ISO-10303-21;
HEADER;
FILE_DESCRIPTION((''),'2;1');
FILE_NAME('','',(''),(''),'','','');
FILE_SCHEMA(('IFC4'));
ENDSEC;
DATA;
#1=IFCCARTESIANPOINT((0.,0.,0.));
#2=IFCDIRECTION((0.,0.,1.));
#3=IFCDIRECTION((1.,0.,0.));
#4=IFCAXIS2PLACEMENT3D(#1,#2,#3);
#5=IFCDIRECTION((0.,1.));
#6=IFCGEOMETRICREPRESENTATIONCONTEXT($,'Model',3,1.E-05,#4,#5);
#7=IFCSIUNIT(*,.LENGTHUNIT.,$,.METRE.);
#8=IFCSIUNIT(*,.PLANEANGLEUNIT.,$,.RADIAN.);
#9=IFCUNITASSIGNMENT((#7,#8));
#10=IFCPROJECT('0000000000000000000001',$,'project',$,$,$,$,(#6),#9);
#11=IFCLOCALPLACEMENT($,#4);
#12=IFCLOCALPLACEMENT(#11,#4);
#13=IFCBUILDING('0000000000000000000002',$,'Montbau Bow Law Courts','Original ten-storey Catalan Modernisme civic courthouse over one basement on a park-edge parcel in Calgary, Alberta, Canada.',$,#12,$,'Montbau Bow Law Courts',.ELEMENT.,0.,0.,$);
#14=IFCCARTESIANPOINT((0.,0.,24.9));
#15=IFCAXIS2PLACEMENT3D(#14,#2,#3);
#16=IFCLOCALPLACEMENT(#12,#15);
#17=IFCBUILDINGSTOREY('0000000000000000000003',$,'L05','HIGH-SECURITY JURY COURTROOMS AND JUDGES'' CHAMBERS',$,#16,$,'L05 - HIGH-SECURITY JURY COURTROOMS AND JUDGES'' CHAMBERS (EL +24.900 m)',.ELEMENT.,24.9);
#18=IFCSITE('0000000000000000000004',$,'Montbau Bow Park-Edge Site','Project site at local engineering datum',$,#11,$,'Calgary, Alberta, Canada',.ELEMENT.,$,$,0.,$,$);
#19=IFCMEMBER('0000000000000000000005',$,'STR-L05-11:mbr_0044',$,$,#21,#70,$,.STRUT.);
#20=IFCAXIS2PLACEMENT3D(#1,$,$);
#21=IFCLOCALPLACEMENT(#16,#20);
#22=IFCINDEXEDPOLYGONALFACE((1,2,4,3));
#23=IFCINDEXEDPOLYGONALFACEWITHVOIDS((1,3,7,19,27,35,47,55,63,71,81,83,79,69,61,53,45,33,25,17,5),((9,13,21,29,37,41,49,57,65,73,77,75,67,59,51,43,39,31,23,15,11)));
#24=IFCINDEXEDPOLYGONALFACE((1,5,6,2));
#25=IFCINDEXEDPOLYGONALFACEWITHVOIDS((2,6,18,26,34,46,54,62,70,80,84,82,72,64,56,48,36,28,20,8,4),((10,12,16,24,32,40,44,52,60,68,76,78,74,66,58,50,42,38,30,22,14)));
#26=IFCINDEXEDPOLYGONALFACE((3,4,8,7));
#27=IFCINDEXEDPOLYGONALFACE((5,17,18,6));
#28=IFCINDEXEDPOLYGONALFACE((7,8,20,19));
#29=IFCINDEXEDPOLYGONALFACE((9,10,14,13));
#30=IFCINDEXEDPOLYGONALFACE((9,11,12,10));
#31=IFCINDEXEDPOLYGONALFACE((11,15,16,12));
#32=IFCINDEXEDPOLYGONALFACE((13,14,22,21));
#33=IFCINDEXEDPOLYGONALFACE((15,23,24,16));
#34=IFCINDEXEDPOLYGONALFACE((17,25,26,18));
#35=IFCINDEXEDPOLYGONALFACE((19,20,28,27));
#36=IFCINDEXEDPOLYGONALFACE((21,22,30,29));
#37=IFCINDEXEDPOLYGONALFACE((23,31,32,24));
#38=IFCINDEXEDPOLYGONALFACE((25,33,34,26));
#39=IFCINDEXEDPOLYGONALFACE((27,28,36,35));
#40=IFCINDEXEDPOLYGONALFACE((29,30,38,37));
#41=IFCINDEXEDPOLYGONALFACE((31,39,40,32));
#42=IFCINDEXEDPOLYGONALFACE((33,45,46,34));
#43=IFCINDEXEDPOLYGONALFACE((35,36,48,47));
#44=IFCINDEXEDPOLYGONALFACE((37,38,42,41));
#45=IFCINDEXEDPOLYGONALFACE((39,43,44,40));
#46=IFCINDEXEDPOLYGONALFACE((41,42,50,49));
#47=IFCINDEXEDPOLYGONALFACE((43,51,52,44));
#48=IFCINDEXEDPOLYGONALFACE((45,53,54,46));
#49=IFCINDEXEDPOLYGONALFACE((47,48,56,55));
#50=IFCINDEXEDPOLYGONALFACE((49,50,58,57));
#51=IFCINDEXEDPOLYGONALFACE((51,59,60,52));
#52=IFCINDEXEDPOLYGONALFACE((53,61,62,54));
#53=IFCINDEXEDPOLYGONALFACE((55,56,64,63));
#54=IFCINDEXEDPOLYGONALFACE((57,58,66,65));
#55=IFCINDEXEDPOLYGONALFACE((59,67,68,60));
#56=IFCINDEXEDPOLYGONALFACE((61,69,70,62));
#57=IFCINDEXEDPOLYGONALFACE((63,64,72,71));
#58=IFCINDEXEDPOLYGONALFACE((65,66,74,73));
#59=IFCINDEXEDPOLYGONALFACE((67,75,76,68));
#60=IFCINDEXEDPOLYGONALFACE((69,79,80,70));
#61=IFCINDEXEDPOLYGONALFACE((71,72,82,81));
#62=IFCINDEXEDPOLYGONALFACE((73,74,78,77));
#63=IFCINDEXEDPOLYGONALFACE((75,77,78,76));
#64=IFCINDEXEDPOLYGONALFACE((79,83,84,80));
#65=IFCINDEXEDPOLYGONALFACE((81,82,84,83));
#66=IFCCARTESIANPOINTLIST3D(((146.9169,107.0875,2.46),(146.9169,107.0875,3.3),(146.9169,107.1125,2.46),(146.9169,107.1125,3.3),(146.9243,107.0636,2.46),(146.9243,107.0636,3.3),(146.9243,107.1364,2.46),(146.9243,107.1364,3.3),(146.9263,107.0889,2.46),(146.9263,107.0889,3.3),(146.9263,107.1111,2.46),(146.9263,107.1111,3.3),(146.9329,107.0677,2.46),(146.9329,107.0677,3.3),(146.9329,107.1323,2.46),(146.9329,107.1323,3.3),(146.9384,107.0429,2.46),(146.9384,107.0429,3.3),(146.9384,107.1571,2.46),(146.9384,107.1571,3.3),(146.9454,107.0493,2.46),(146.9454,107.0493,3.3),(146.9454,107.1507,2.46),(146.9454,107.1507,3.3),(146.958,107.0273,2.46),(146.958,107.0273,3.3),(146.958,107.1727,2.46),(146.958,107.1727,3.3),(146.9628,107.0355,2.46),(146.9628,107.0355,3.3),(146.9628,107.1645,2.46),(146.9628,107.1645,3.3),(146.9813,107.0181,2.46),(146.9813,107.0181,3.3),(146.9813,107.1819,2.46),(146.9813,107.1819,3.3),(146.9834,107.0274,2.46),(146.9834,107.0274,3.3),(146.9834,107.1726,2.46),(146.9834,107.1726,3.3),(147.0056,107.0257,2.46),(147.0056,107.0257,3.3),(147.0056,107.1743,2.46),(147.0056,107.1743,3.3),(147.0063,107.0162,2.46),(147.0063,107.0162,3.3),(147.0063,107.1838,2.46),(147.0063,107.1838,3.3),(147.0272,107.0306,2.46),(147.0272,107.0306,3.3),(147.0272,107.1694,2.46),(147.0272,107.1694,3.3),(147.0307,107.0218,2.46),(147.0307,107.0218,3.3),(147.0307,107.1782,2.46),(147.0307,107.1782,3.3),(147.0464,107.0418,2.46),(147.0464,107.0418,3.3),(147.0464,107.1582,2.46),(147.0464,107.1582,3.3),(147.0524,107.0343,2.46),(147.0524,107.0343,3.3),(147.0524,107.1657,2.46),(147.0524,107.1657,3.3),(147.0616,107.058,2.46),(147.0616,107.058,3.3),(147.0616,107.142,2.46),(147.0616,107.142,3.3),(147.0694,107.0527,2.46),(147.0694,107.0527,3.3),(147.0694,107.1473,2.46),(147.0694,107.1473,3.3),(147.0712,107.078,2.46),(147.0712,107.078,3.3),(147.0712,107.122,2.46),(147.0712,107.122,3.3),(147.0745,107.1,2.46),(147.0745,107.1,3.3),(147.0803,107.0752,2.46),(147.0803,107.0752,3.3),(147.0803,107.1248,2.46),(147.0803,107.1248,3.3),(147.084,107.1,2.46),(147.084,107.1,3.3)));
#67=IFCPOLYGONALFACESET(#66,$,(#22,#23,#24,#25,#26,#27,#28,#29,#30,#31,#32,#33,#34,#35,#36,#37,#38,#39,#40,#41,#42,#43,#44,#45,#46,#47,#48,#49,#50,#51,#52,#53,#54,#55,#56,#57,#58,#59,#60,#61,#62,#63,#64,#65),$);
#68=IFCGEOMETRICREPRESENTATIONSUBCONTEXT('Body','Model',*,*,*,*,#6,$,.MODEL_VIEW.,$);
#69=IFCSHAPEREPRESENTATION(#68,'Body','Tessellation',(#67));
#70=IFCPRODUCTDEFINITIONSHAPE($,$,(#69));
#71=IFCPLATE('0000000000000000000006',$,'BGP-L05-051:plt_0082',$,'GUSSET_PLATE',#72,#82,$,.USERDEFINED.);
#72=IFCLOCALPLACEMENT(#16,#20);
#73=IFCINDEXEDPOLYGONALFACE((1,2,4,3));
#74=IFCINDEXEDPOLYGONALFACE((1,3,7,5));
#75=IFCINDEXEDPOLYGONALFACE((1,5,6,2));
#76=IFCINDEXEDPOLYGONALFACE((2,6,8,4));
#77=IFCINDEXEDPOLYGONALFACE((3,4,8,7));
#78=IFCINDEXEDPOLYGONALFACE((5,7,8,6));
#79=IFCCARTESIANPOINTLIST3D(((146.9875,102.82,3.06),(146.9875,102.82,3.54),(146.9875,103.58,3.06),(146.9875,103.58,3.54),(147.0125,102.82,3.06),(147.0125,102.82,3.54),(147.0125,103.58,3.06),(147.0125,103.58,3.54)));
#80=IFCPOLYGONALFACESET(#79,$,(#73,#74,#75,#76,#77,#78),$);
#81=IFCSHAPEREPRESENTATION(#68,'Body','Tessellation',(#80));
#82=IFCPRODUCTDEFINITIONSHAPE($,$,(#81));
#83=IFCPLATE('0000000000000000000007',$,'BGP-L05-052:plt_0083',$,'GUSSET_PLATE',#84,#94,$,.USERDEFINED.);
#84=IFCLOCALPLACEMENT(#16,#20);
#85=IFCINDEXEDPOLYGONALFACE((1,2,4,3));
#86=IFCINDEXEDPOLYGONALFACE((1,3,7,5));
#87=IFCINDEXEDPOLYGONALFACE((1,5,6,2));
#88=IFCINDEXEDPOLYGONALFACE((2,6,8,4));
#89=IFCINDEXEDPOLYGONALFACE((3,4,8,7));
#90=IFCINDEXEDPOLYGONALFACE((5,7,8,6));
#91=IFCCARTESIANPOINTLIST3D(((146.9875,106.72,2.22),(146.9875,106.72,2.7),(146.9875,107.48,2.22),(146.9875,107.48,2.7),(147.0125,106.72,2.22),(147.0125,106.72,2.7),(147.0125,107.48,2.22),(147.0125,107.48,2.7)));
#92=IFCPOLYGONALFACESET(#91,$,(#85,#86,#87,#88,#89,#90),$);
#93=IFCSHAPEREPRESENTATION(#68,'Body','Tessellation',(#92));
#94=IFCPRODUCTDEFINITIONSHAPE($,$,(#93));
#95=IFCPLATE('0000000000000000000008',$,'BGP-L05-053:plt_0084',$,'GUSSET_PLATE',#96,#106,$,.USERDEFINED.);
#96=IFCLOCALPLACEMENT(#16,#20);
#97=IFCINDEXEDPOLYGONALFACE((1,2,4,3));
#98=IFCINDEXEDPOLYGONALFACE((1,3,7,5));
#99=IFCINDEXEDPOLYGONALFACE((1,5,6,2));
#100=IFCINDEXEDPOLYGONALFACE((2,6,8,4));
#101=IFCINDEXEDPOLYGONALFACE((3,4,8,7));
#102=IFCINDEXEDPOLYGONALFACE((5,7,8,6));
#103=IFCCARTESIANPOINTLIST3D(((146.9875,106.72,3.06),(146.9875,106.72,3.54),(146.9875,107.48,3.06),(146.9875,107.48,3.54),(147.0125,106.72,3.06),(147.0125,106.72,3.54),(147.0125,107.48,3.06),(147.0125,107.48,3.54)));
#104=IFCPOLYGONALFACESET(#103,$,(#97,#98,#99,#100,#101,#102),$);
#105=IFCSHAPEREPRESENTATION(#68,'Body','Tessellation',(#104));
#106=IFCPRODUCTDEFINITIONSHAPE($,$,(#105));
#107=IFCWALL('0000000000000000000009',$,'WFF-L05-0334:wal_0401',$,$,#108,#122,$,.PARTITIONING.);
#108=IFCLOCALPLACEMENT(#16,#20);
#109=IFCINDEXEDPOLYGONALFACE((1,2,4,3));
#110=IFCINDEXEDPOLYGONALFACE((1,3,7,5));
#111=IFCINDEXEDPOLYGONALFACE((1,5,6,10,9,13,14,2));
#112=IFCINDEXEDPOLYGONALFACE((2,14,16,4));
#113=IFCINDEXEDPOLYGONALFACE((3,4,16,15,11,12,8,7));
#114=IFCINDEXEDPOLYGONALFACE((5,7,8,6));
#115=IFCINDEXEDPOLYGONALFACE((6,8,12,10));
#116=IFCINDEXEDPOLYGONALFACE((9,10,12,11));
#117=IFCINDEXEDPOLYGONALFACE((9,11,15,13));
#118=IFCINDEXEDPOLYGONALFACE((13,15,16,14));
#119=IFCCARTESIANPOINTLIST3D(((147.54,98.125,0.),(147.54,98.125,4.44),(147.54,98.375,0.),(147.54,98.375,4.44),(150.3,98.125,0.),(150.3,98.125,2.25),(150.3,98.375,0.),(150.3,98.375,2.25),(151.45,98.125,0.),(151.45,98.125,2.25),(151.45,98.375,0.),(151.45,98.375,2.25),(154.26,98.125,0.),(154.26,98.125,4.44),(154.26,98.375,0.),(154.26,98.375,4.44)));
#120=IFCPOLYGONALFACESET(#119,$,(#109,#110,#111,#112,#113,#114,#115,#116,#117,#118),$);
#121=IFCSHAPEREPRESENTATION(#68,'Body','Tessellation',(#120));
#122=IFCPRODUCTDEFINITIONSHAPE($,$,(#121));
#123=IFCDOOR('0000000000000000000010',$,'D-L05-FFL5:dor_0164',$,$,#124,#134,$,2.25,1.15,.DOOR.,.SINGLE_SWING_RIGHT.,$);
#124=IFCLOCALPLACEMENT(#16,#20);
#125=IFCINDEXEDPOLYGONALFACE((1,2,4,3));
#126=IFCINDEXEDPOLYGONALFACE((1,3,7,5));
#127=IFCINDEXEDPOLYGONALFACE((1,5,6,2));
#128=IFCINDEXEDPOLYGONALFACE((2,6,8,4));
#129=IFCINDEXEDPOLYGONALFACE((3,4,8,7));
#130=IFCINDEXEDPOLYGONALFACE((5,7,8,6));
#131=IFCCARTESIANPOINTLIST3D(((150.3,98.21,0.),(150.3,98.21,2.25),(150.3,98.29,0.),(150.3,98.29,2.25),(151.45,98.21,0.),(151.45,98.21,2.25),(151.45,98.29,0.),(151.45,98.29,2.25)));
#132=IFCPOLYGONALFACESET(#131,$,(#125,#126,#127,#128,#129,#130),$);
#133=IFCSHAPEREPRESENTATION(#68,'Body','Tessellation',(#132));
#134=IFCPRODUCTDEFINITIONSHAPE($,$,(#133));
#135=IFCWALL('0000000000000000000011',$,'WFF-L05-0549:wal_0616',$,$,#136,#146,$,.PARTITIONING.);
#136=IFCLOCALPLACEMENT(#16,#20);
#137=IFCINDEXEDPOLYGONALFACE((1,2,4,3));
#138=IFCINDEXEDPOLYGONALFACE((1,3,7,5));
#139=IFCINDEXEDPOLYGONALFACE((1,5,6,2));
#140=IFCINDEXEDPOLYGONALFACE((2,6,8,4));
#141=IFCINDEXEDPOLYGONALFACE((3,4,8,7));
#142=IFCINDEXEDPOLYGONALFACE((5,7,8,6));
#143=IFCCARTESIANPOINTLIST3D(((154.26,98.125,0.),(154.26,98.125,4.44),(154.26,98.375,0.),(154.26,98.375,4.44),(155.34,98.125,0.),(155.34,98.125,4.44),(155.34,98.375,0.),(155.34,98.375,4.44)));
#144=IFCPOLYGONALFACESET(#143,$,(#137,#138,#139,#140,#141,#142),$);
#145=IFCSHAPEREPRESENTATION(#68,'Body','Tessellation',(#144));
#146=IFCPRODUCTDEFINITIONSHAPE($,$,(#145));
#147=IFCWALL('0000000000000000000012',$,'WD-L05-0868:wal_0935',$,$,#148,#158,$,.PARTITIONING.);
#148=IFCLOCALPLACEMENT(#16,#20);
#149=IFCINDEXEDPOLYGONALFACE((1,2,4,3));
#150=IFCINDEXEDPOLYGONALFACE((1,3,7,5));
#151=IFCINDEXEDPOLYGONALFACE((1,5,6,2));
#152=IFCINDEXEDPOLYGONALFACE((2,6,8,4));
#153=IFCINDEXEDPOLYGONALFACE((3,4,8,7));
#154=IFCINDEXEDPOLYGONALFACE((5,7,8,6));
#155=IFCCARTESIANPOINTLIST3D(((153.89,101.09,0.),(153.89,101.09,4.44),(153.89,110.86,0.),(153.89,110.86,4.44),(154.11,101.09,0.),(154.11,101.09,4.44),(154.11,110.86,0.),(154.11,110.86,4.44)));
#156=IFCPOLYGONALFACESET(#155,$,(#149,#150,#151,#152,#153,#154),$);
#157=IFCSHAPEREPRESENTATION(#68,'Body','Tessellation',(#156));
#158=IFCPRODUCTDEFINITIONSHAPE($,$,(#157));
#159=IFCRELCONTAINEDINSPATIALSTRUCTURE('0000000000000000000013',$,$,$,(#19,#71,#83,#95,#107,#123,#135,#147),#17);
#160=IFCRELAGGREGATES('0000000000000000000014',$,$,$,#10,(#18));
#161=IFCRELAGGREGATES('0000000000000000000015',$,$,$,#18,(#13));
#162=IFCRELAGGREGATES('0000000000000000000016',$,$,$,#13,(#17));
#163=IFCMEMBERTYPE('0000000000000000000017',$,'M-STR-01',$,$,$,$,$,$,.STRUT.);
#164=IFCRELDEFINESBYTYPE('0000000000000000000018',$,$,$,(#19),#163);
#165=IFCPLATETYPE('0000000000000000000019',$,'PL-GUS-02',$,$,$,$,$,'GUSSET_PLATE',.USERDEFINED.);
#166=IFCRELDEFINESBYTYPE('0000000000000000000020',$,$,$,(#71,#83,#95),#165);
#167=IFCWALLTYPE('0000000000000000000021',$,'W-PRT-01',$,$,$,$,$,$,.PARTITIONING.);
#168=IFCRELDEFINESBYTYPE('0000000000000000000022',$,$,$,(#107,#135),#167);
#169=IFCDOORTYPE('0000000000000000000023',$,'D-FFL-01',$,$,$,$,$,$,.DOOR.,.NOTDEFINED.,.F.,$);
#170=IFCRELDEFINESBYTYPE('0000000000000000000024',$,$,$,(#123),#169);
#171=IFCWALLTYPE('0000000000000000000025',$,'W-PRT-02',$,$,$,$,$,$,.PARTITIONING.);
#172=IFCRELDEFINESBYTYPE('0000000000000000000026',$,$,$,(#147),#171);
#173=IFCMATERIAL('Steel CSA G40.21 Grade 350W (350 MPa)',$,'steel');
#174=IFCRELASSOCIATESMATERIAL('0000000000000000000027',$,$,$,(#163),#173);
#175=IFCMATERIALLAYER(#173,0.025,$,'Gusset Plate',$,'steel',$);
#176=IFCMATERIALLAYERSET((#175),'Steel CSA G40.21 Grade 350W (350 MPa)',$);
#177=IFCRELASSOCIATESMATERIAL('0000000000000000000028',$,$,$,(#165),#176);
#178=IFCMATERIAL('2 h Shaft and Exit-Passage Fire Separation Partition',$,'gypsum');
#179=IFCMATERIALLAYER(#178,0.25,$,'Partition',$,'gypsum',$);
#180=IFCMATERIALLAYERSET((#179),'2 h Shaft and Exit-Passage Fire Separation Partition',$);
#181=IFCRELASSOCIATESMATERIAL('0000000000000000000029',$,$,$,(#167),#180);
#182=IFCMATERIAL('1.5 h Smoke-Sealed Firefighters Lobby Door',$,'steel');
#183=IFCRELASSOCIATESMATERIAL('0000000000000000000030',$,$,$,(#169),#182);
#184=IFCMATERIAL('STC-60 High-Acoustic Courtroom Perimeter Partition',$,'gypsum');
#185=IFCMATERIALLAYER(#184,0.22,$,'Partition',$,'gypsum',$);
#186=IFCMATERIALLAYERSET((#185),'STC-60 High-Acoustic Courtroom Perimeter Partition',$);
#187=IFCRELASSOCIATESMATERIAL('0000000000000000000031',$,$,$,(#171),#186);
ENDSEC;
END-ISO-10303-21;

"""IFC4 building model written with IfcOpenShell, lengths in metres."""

from ifc_helpers import new_model, si_unit, direction, frame, frame_2d, origin_with_axes, origin_2d_with_axis, place, context, subcontext, project, spatial, rectangle, hollow_circle, extrude, material, layer, layer_set, material_profile, profile_set, type_object, element, fill, save


model = new_model("IFC4")

# Units and contexts
model_context = context("Model", 3, precision=1e-05, world=origin_with_axes(), true_north=direction((0.0, 1.0)))
body_context = subcontext(model_context, "Body", "Model", "MODEL_VIEW")
ifc_project = project(units=[si_unit("LENGTHUNIT", "METRE"), si_unit("PLANEANGLEUNIT", "RADIAN")], contexts=[model_context])

# Site, building, storey
site_placement = place(None, origin_with_axes())
site = spatial("IfcSite", under=ifc_project, at=site_placement, Name="Montbau Bow Park-Edge Site", Description="Project site at local engineering datum", LongName="Calgary, Alberta, Canada", CompositionType="ELEMENT", RefElevation=0.0)
building_placement = place(site_placement, origin_with_axes())
building = spatial("IfcBuilding", under=site, at=building_placement, Name="Montbau Bow Law Courts", Description="Original ten-storey Catalan Modernisme civic courthouse over one basement on a park-edge parcel in Calgary, Alberta, Canada.", LongName="Montbau Bow Law Courts", CompositionType="ELEMENT", ElevationOfRefHeight=0.0, ElevationOfTerrain=0.0)
storey_placement = place(building_placement, frame((0.0, 0.0, 24.9), z_axis=(0.0, 0.0, 1.0), x_axis=(1.0, 0.0, 0.0)))
storey = spatial("IfcBuildingStorey", under=building, at=storey_placement, Name="L05", Description="HIGH-SECURITY JURY COURTROOMS AND JUDGES' CHAMBERS", LongName="L05 - HIGH-SECURITY JURY COURTROOMS AND JUDGES' CHAMBERS (EL +24.900 m)", CompositionType="ELEMENT", Elevation=24.9)

# Shared definitions
ifc_material_1 = material(Name="Steel CSA G40.21 Grade 350W (350 MPa)", Category="steel")

# Member
ifc_material_profile_1 = material_profile(ifc_material_1, hollow_circle(Radius=0.084, WallThickness=0.0095, at=origin_2d_with_axis()), Name="HSS168X9.5", Category="Main", Priority=0)
ifc_profile_set_1 = profile_set([ifc_material_profile_1], Name="Steel CSA G40.21 Grade 350W (350 MPa)")
member_type_1 = type_object("IfcMemberType", Name="M-STR-01", PredefinedType="STRUT", material=ifc_profile_set_1)
member_1_placement = place(None, frame((147.0, 107.1, 27.36), z_axis=(0.0, 0.0, 1.0), x_axis=(1.0, 0.0, 0.0)))
element("IfcMember", 1, at=member_1_placement, inside=storey, type_object=member_type_1, Name="STR-L05-11:mbr_0044", PredefinedType="STRUT", context=body_context, shape_type="SweptSolid", body=[
    extrude(hollow_circle(Radius=0.084, WallThickness=0.0095, at=origin_2d_with_axis()), origin_with_axes(), (0.0, 0.0, 1.0), 0.84),
])

# Plates
ifc_layer_1 = layer(ifc_material_1, 0.025, Name="Gusset Plate", Category="steel")
ifc_layer_set_1 = layer_set([ifc_layer_1], Name="Steel CSA G40.21 Grade 350W (350 MPa)")
plate_type = type_object("IfcPlateType", Name="PL-GUS-02", ElementType="GUSSET_PLATE", PredefinedType="USERDEFINED", material=ifc_layer_set_1)
for number, where, z_axis, x_axis, name in (
    (2, (147.0, 103.2, 27.96), (0.0, 0.0, 1.0), (0.0, 1.0, 0.0), "BGP-L05-051:plt_0082"),
    (3, (147.0, 107.1, 27.12), (0.0, 0.0, 1.0), (0.0, 1.0, 0.0), "BGP-L05-052:plt_0083"),
    (4, (147.0, 107.1, 27.96), (0.0, 0.0, 1.0), (0.0, 1.0, 0.0), "BGP-L05-053:plt_0084"),
):
    element("IfcPlate", number, at=place(None, frame(where, z_axis=z_axis, x_axis=x_axis)), inside=storey, type_object=plate_type, Name=name, ObjectType="GUSSET_PLATE", PredefinedType="USERDEFINED", context=body_context, shape_type="SweptSolid", body=[
        extrude(rectangle(XDim=0.76, YDim=0.025, at=origin_2d_with_axis()), origin_with_axes(), (0.0, 0.0, 1.0), 0.48),
    ])

# Wall, opening, door
ifc_material_2 = material(Name="2 h Shaft and Exit-Passage Fire Separation Partition", Category="gypsum")
ifc_layer_2 = layer(ifc_material_2, 0.25, Name="Partition", Category="gypsum")
ifc_layer_set_2 = layer_set([ifc_layer_2], Name="2 h Shaft and Exit-Passage Fire Separation Partition")
wall_type_1 = type_object("IfcWallType", Name="W-PRT-01", PredefinedType="PARTITIONING", material=ifc_layer_set_2)
wall_1_placement = place(None, frame((154.26, 98.25, 24.9), z_axis=(0.0, 0.0, 1.0), x_axis=(-1.0, 0.0, 0.0)))
wall_1 = element("IfcWall", 5, at=wall_1_placement, inside=storey, type_object=wall_type_1, Name="WFF-L05-0334:wal_0401", PredefinedType="PARTITIONING", context=body_context, shape_type="SweptSolid", body=[
    extrude(rectangle(XDim=6.72, YDim=0.25, at=frame_2d((3.36, 0.0), x_axis=(1.0, 0.0))), origin_with_axes(), (0.0, 0.0, 1.0), 4.44),
])
opening_placement = place(None, frame((150.875, 98.25, 24.9), z_axis=(0.0, 0.0, 1.0), x_axis=(-1.0, 0.0, 0.0)))
opening = element("IfcOpeningElement", 6, at=opening_placement, cuts=wall_1, PredefinedType="OPENING", context=body_context, shape_type="SweptSolid", body=[
    extrude(rectangle(XDim=1.15, YDim=2.25, at=frame_2d((0.0, 1.125), x_axis=(1.0, 0.0))), frame((0.0, 0.135, 0.0), z_axis=(0.0, -1.0, 0.0), x_axis=(1.0, 0.0, 0.0)), (0.0, 0.0, 1.0), 0.27),
])
ifc_material_3 = material(Name="1.5 h Smoke-Sealed Firefighters Lobby Door", Category="steel")
door_type = type_object("IfcDoorType", Name="D-FFL-01", OperationType="NOTDEFINED", ParameterTakesPrecedence=False, PredefinedType="DOOR", material=ifc_material_3)
door_placement = place(None, frame((150.875, 98.25, 24.9), z_axis=(0.0, 0.0, 1.0), x_axis=(1.0, 0.0, 0.0)))
door = element("IfcDoor", 7, at=door_placement, inside=storey, type_object=door_type, Name="D-L05-FFL5:dor_0164", OperationType="SINGLE_SWING_RIGHT", OverallHeight=2.25, OverallWidth=1.15, PredefinedType="DOOR", context=body_context, shape_type="SweptSolid", body=[
    extrude(rectangle(XDim=1.15, YDim=2.25, at=frame_2d((0.0, 1.125), x_axis=(1.0, 0.0))), frame((0.0, 0.04, 0.0), z_axis=(0.0, -1.0, 0.0), x_axis=(1.0, 0.0, 0.0)), (0.0, 0.0, 1.0), 0.08),
])
fill(opening, door)

# Walls
wall_2_placement = place(None, frame((154.26, 98.25, 24.9), z_axis=(0.0, 0.0, 1.0), x_axis=(1.0, 0.0, 0.0)))
element("IfcWall", 8, at=wall_2_placement, inside=storey, type_object=wall_type_1, Name="WFF-L05-0549:wal_0616", PredefinedType="PARTITIONING", context=body_context, shape_type="SweptSolid", body=[
    extrude(rectangle(XDim=1.08, YDim=0.25, at=frame_2d((0.54, 0.0), x_axis=(1.0, 0.0))), origin_with_axes(), (0.0, 0.0, 1.0), 4.44),
])
ifc_material_4 = material(Name="STC-60 High-Acoustic Courtroom Perimeter Partition", Category="gypsum")
ifc_layer_3 = layer(ifc_material_4, 0.22, Name="Partition", Category="gypsum")
ifc_layer_set_3 = layer_set([ifc_layer_3], Name="STC-60 High-Acoustic Courtroom Perimeter Partition")
wall_type_2 = type_object("IfcWallType", Name="W-PRT-02", PredefinedType="PARTITIONING", material=ifc_layer_set_3)
wall_3_placement = place(None, frame((154.0, 101.09, 24.9), z_axis=(0.0, 0.0, 1.0), x_axis=(0.0, 1.0, 0.0)))
element("IfcWall", 9, at=wall_3_placement, inside=storey, type_object=wall_type_2, Name="WD-L05-0868:wal_0935", PredefinedType="PARTITIONING", context=body_context, shape_type="SweptSolid", body=[
    extrude(rectangle(XDim=9.77, YDim=0.22, at=frame_2d((4.885, 0.0), x_axis=(1.0, 0.0))), origin_with_axes(), (0.0, 0.0, 1.0), 4.44),
])

save(model, "model.ifc")
